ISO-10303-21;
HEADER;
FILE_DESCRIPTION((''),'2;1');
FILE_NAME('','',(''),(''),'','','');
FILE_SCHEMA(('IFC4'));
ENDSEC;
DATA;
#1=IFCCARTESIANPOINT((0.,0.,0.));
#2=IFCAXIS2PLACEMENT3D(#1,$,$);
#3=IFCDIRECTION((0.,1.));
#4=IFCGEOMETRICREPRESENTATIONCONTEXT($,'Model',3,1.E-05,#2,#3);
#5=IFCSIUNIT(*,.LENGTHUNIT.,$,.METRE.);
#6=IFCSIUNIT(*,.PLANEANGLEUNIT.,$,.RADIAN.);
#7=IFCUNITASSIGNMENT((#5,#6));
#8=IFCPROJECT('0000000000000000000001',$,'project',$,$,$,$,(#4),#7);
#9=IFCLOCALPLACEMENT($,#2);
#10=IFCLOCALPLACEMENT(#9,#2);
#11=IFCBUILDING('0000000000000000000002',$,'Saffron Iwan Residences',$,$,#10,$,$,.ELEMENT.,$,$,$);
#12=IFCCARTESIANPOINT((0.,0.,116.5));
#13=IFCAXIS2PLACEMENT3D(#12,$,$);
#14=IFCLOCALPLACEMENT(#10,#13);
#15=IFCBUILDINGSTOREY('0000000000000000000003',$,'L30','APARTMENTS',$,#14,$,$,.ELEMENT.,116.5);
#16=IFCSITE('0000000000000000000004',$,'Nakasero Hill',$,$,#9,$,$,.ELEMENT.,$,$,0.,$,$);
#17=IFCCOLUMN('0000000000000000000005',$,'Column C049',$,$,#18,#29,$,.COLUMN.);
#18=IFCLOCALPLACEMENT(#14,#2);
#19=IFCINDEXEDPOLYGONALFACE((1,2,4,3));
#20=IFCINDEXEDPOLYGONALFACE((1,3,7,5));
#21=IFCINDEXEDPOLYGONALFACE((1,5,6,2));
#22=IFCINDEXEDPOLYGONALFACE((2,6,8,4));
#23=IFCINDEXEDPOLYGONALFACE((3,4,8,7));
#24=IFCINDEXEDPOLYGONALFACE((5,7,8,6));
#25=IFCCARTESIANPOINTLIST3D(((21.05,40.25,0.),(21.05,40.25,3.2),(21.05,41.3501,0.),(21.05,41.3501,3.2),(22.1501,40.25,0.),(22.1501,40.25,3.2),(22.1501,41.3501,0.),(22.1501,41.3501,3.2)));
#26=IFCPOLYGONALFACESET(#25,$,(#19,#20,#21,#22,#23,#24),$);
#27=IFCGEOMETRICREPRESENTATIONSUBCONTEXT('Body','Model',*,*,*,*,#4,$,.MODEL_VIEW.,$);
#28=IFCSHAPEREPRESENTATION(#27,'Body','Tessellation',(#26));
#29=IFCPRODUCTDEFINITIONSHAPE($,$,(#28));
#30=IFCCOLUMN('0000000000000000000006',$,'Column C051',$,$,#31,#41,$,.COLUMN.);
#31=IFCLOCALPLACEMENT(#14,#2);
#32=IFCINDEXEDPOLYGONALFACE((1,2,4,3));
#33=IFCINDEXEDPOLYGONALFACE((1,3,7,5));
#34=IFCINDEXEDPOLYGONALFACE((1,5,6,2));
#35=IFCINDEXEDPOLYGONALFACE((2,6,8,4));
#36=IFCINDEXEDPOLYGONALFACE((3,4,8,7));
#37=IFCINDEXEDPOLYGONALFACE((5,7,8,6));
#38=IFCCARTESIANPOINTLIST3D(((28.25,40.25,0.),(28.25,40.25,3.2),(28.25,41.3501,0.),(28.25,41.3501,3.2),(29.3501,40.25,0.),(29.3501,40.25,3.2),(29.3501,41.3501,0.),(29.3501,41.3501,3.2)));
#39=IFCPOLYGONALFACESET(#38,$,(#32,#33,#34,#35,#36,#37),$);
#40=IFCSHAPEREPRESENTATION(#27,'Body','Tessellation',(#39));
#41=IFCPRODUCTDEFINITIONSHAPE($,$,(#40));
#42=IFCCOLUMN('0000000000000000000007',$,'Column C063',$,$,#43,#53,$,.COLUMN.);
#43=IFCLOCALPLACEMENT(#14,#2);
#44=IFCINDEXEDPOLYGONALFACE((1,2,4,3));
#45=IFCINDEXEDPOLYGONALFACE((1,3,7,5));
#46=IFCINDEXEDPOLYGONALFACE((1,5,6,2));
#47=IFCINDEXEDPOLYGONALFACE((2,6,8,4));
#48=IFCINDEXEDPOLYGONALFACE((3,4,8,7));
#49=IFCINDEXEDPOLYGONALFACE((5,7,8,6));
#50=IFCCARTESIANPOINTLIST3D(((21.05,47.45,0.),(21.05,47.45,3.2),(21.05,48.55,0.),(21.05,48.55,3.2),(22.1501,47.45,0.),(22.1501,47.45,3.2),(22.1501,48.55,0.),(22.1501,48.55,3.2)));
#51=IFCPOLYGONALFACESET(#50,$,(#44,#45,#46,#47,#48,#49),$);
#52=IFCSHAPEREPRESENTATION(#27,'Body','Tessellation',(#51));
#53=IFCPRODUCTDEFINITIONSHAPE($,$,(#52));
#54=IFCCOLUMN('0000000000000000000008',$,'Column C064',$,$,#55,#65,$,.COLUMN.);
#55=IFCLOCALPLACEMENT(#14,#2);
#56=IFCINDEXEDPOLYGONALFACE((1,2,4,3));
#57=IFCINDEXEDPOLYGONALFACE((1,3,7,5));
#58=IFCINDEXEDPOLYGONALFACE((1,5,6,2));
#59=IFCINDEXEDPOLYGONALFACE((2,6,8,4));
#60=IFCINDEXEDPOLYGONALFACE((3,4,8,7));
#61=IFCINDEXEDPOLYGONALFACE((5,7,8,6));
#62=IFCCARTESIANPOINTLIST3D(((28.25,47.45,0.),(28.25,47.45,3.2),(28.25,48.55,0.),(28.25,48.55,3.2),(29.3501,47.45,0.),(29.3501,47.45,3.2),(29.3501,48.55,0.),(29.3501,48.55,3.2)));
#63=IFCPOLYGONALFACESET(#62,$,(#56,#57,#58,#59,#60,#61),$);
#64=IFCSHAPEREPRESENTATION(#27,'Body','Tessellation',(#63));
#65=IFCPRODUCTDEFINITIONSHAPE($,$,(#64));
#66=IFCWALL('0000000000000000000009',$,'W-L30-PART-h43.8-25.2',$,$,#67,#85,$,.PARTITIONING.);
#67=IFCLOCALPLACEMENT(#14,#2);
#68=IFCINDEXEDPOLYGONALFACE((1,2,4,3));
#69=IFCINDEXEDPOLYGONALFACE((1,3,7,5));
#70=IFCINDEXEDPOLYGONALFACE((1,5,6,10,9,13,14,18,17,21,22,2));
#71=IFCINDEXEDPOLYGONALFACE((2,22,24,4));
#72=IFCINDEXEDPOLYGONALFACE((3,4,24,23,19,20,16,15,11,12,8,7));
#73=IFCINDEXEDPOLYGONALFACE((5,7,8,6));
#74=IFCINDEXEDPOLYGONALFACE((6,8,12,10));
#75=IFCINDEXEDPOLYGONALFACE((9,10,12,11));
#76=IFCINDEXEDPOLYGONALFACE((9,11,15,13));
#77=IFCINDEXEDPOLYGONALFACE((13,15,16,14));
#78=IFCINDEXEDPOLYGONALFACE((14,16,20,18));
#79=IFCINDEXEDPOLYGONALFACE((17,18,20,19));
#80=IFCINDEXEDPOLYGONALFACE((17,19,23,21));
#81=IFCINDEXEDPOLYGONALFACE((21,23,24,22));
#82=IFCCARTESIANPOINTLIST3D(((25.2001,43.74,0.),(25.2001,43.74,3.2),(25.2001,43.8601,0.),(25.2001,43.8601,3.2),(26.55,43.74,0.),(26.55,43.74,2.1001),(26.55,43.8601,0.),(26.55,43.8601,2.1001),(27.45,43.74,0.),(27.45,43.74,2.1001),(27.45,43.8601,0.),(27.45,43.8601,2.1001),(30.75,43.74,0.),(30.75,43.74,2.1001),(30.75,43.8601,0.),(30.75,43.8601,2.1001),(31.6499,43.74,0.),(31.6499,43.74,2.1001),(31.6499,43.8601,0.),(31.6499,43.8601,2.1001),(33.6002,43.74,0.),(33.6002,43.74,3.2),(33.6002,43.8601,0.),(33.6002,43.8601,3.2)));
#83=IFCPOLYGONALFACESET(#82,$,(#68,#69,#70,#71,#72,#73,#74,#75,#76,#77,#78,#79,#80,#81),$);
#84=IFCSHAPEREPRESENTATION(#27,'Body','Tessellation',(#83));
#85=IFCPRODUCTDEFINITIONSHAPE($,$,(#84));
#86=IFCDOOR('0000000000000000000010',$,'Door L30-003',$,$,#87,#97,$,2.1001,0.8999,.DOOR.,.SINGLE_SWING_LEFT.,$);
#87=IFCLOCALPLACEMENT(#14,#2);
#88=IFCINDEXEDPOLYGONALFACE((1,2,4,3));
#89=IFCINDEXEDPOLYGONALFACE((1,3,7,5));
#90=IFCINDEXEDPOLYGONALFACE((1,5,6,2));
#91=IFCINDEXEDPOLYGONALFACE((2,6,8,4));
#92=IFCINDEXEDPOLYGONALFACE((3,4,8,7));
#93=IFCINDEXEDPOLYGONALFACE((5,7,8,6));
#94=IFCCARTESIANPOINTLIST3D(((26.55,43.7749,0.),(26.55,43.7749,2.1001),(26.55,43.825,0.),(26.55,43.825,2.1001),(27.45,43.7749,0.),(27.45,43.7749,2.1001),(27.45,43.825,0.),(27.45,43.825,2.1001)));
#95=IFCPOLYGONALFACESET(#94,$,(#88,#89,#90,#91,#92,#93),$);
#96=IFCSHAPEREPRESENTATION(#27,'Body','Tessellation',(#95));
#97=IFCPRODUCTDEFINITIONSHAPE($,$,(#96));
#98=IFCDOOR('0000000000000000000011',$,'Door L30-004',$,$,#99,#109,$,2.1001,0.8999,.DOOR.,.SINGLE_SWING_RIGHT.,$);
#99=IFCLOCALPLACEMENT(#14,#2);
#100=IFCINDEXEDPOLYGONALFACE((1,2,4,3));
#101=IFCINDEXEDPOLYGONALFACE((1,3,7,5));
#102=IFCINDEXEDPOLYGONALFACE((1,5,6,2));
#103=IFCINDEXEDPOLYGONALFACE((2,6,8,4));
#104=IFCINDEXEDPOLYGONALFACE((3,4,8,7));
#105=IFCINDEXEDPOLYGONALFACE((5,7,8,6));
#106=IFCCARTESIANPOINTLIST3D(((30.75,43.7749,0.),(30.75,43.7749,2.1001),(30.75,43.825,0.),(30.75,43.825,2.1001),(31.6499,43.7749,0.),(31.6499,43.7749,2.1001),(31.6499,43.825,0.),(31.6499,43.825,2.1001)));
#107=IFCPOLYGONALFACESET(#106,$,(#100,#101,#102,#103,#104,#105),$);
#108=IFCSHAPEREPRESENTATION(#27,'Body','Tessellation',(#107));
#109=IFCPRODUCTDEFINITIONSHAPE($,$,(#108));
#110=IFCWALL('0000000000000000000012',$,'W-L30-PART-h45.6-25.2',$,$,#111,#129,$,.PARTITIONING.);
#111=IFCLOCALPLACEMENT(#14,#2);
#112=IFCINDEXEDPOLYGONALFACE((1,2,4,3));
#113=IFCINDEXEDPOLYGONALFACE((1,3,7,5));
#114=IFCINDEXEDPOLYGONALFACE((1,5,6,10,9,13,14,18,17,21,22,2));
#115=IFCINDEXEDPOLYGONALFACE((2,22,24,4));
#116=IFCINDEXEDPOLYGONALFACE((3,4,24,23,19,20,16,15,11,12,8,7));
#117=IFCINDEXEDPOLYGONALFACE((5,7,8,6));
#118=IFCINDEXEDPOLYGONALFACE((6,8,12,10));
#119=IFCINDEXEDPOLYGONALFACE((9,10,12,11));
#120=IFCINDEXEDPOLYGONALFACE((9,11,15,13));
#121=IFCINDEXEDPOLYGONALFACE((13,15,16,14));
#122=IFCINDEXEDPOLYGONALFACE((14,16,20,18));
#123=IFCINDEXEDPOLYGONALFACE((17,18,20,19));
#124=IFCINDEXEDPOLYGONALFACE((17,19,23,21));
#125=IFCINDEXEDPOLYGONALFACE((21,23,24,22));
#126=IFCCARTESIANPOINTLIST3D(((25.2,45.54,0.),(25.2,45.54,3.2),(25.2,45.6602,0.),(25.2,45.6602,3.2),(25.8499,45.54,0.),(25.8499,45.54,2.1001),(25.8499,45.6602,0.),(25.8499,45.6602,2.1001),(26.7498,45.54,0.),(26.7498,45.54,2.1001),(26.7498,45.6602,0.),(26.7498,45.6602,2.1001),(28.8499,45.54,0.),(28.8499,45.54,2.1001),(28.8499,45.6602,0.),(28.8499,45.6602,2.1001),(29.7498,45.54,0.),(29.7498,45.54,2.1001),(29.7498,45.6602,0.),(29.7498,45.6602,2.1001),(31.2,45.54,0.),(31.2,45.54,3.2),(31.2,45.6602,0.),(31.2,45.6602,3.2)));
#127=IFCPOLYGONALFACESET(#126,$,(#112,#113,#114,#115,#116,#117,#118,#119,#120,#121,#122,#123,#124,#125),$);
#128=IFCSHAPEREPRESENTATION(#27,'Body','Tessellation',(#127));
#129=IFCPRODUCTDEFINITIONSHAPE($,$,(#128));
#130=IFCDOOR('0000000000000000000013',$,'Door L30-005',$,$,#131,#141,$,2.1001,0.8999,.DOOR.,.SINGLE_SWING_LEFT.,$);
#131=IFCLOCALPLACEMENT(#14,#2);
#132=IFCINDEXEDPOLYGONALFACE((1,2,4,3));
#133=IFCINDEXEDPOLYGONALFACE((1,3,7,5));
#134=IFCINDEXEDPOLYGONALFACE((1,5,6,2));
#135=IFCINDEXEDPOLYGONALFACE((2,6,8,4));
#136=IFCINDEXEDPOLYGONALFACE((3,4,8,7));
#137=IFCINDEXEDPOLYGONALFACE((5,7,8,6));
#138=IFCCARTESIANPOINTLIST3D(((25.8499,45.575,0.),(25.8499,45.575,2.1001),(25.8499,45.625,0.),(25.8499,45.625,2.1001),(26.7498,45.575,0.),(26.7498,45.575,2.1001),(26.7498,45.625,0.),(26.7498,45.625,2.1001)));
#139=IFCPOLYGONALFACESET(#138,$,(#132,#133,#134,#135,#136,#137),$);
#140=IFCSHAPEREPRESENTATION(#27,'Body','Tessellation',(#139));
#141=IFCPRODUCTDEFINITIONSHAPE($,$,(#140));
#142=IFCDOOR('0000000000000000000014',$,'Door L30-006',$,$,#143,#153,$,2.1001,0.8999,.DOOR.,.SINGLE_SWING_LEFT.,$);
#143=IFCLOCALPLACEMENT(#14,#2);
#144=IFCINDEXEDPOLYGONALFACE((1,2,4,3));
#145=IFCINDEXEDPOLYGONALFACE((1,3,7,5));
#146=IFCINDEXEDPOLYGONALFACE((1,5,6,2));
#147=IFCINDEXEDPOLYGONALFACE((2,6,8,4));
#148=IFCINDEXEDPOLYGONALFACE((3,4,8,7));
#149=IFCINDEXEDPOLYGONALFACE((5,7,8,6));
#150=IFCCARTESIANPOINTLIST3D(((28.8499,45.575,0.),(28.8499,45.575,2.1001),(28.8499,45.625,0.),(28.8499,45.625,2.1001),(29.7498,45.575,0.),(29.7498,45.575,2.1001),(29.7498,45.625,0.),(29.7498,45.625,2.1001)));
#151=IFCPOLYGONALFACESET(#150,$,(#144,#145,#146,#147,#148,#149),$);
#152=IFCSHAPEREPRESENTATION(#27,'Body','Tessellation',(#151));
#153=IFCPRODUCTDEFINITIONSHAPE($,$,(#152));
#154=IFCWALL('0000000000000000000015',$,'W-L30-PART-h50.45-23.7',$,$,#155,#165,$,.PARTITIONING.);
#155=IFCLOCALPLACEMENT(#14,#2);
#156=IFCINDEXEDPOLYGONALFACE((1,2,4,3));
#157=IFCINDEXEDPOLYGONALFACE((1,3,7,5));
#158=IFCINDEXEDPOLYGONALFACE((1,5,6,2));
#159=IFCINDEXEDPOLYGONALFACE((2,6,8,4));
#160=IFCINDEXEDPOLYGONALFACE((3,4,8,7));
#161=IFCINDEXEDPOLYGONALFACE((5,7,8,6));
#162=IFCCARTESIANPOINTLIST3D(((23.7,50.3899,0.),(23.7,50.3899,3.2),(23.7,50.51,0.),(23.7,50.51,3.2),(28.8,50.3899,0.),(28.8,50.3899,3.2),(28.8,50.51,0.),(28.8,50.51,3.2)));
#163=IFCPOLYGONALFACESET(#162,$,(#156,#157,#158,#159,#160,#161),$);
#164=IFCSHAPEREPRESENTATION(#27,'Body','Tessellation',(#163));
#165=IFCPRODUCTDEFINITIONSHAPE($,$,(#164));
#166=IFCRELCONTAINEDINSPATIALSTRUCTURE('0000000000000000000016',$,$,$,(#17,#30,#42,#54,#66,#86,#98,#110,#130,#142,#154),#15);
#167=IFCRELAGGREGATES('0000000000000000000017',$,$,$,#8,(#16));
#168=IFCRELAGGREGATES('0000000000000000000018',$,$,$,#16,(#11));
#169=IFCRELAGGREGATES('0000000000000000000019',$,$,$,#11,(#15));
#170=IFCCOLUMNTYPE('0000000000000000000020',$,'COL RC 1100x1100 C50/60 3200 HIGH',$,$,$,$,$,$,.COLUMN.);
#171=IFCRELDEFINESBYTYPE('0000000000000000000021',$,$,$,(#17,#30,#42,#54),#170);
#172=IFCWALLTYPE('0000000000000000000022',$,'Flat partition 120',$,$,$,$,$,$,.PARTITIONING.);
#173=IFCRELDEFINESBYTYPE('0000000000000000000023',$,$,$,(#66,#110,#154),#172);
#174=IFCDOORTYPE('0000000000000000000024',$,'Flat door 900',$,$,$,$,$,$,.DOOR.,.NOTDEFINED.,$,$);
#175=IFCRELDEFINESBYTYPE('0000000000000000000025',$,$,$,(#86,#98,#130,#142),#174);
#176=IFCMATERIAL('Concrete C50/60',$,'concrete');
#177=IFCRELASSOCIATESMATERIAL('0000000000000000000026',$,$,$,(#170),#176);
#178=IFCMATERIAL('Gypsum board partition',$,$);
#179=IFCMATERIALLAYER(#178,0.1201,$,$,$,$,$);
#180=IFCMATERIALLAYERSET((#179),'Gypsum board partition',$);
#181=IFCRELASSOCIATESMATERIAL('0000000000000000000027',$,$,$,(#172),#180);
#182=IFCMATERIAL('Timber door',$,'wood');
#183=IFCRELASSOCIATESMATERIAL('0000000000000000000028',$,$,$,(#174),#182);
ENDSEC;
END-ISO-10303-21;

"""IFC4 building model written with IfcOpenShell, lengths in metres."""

from ifc_helpers import new_model, si_unit, direction, frame, frame_2d, origin, origin_2d, place, context, subcontext, project, spatial, rectangle, extrude, source, transform, mapped, material, layer, layer_set, material_profile, profile_set, type_object, element, fill, save


model = new_model("IFC4")

# Units and contexts
model_context = context("Model", 3, precision=1e-05, world=origin(), true_north=direction((0.0, 1.0)))
body_context = subcontext(model_context, "Body", "Model", "MODEL_VIEW")
ifc_project = project(units=[si_unit("LENGTHUNIT", "METRE"), si_unit("PLANEANGLEUNIT", "RADIAN")], contexts=[model_context])

# Site, building, storey
site_placement = place(None, origin())
site = spatial("IfcSite", under=ifc_project, at=site_placement, Name="Nakasero Hill", CompositionType="ELEMENT", RefElevation=0.0)
building_placement = place(site_placement, origin())
building = spatial("IfcBuilding", under=site, at=building_placement, Name="Saffron Iwan Residences", CompositionType="ELEMENT")
storey_placement = place(building_placement, frame((0.0, 0.0, 116.5)))
storey = spatial("IfcBuildingStorey", under=building, at=storey_placement, Name="L30", Description="APARTMENTS", CompositionType="ELEMENT", Elevation=116.5)

# Columns
ifc_material_1 = material(Name="Concrete C50/60", Category="concrete")
ifc_material_profile = material_profile(ifc_material_1, rectangle(XDim=1.1001, YDim=1.1001, at=origin_2d()), Name="RC 1100x1100")
ifc_profile_set = profile_set([ifc_material_profile], Name="Concrete C50/60")
column_type = type_object("IfcColumnType", Name="COL RC 1100x1100 C50/60 3200 HIGH", PredefinedType="COLUMN", material=ifc_profile_set)
shared_shape = source(origin(), body_context, "Body", "SweptSolid", [
    extrude(rectangle(XDim=1.1001, YDim=1.1001, at=origin_2d()), origin(), (0.0, 0.0, 1.0), 3.2),
])
for number, where, z_axis, x_axis, name in (
    (1, (21.6001, 40.8, 0.0), (0.0, 0.0, 1.0), (1.0, 0.0, 0.0), "Column C049"),
    (2, (28.8, 40.8, 0.0), (0.0, 0.0, 1.0), (1.0, 0.0, 0.0), "Column C051"),
    (3, (21.6001, 48.0, 0.0), (0.0, 0.0, 1.0), (1.0, 0.0, 0.0), "Column C063"),
    (4, (28.8, 48.0, 0.0), (0.0, 0.0, 1.0), (1.0, 0.0, 0.0), "Column C064"),
):
    element("IfcColumn", number, at=place(storey_placement, frame(where, z_axis=z_axis, x_axis=x_axis)), inside=storey, type_object=column_type, Name=name, PredefinedType="COLUMN", context=body_context, shape_type="MappedRepresentation", body=[
        mapped(shared_shape, transform((0.0, 0.0, 0.0))),
    ])

# Walls, openings, doors
ifc_material_2 = material(Name="Gypsum board partition")
ifc_layer = layer(ifc_material_2, 0.1201)
ifc_layer_set = layer_set([ifc_layer], Name="Gypsum board partition")
wall_type = type_object("IfcWallType", Name="Flat partition 120", PredefinedType="PARTITIONING", material=ifc_layer_set)
wall_1_placement = place(storey_placement, frame((25.2, 43.8, 0.0), z_axis=(0.0, 0.0, 1.0), x_axis=(1.0, 0.0, 0.0)))
wall_1 = element("IfcWall", 5, at=wall_1_placement, inside=storey, type_object=wall_type, Name="W-L30-PART-h43.8-25.2", PredefinedType="PARTITIONING", context=body_context, shape_type="SweptSolid", body=[
    extrude(rectangle(XDim=8.4001, YDim=0.1201, at=frame_2d((4.2002, 0.0))), origin(), (0.0, 0.0, 1.0), 3.2),
])
opening_1_placement = place(wall_1_placement, frame((1.3501, 0.0, 0.0)))
opening_1 = element("IfcOpeningElement", 6, at=opening_1_placement, cuts=wall_1, PredefinedType="OPENING", context=body_context, shape_type="SweptSolid", body=[
    extrude(rectangle(XDim=0.8999, YDim=2.1001, at=frame_2d((0.45, 1.05))), frame((0.0, 0.0701, 0.0), z_axis=(0.0, -1.0, 0.0), x_axis=(1.0, 0.0, 0.0)), (0.0, 0.0, 1.0), 0.1401),
])
opening_2_placement = place(wall_1_placement, frame((5.55, 0.0, 0.0)))
opening_2 = element("IfcOpeningElement", 7, at=opening_2_placement, cuts=wall_1, PredefinedType="OPENING", context=body_context, shape_type="SweptSolid", body=[
    extrude(rectangle(XDim=0.8999, YDim=2.1001, at=frame_2d((0.45, 1.05))), frame((0.0, 0.0701, 0.0), z_axis=(0.0, -1.0, 0.0), x_axis=(1.0, 0.0, 0.0)), (0.0, 0.0, 1.0), 0.1401),
])
ifc_material_3 = material(Name="Timber door", Category="wood")
door_type_1 = type_object("IfcDoorType", Name="Flat door 900", OperationType="NOTDEFINED", PredefinedType="DOOR", material=ifc_material_3)
door_1_placement = place(opening_1_placement, origin())
door_1 = element("IfcDoor", 8, at=door_1_placement, inside=storey, type_object=door_type_1, Name="Door L30-003", OperationType="SINGLE_SWING_LEFT", OverallHeight=2.1001, OverallWidth=0.8999, PredefinedType="DOOR", context=body_context, shape_type="SweptSolid", body=[
    extrude(rectangle(XDim=0.8999, YDim=2.1001, at=frame_2d((0.45, 1.05))), frame((0.0, 0.0249, 0.0), z_axis=(0.0, -1.0, 0.0), x_axis=(1.0, 0.0, 0.0)), (0.0, 0.0, 1.0), 0.05),
])
fill(opening_1, door_1)
door_2_placement = place(opening_2_placement, origin())
door_2 = element("IfcDoor", 9, at=door_2_placement, inside=storey, type_object=door_type_1, Name="Door L30-004", OperationType="SINGLE_SWING_RIGHT", OverallHeight=2.1001, OverallWidth=0.8999, PredefinedType="DOOR", context=body_context, shape_type="SweptSolid", body=[
    extrude(rectangle(XDim=0.8999, YDim=2.1001, at=frame_2d((0.45, 1.05))), frame((0.0, 0.0249, 0.0), z_axis=(0.0, -1.0, 0.0), x_axis=(1.0, 0.0, 0.0)), (0.0, 0.0, 1.0), 0.05),
])
fill(opening_2, door_2)
wall_2_placement = place(storey_placement, frame((25.2, 45.6001, 0.0), z_axis=(0.0, 0.0, 1.0), x_axis=(1.0, 0.0, 0.0)))
wall_2 = element("IfcWall", 10, at=wall_2_placement, inside=storey, type_object=wall_type, Name="W-L30-PART-h45.6-25.2", PredefinedType="PARTITIONING", context=body_context, shape_type="SweptSolid", body=[
    extrude(rectangle(XDim=6.0, YDim=0.1201, at=frame_2d((3.0, 0.0))), origin(), (0.0, 0.0, 1.0), 3.2),
])
opening_3_placement = place(wall_2_placement, frame((0.6499, 0.0, 0.0)))
opening_3 = element("IfcOpeningElement", 11, at=opening_3_placement, cuts=wall_2, PredefinedType="OPENING", context=body_context, shape_type="SweptSolid", body=[
    extrude(rectangle(XDim=0.8999, YDim=2.1001, at=frame_2d((0.45, 1.05))), frame((0.0, 0.0701, 0.0), z_axis=(0.0, -1.0, 0.0), x_axis=(1.0, 0.0, 0.0)), (0.0, 0.0, 1.0), 0.1401),
])
opening_4_placement = place(wall_2_placement, frame((3.6499, 0.0, 0.0)))
opening_4 = element("IfcOpeningElement", 12, at=opening_4_placement, cuts=wall_2, PredefinedType="OPENING", context=body_context, shape_type="SweptSolid", body=[
    extrude(rectangle(XDim=0.8999, YDim=2.1001, at=frame_2d((0.45, 1.05))), frame((0.0, 0.0701, 0.0), z_axis=(0.0, -1.0, 0.0), x_axis=(1.0, 0.0, 0.0)), (0.0, 0.0, 1.0), 0.1401),
])
door_3_placement = place(opening_3_placement, origin())
door_3 = element("IfcDoor", 13, at=door_3_placement, inside=storey, type_object=door_type_1, Name="Door L30-005", OperationType="SINGLE_SWING_LEFT", OverallHeight=2.1001, OverallWidth=0.8999, PredefinedType="DOOR", context=body_context, shape_type="SweptSolid", body=[
    extrude(rectangle(XDim=0.8999, YDim=2.1001, at=frame_2d((0.45, 1.05))), frame((0.0, 0.0249, 0.0), z_axis=(0.0, -1.0, 0.0), x_axis=(1.0, 0.0, 0.0)), (0.0, 0.0, 1.0), 0.05),
])
fill(opening_3, door_3)
door_4_placement = place(opening_4_placement, origin())
door_4 = element("IfcDoor", 14, at=door_4_placement, inside=storey, type_object=door_type_1, Name="Door L30-006", OperationType="SINGLE_SWING_LEFT", OverallHeight=2.1001, OverallWidth=0.8999, PredefinedType="DOOR", context=body_context, shape_type="SweptSolid", body=[
    extrude(rectangle(XDim=0.8999, YDim=2.1001, at=frame_2d((0.45, 1.05))), frame((0.0, 0.0249, 0.0), z_axis=(0.0, -1.0, 0.0), x_axis=(1.0, 0.0, 0.0)), (0.0, 0.0, 1.0), 0.05),
])
fill(opening_4, door_4)

# Wall
wall_3_placement = place(storey_placement, frame((23.7, 50.45, 0.0), z_axis=(0.0, 0.0, 1.0), x_axis=(1.0, 0.0, 0.0)))
element("IfcWall", 15, at=wall_3_placement, inside=storey, type_object=wall_type, Name="W-L30-PART-h50.45-23.7", PredefinedType="PARTITIONING", context=body_context, shape_type="SweptSolid", body=[
    extrude(rectangle(XDim=5.1001, YDim=0.1201, at=frame_2d((2.55, 0.0))), origin(), (0.0, 0.0, 1.0), 3.2),
])

save(model, "model.ifc")
